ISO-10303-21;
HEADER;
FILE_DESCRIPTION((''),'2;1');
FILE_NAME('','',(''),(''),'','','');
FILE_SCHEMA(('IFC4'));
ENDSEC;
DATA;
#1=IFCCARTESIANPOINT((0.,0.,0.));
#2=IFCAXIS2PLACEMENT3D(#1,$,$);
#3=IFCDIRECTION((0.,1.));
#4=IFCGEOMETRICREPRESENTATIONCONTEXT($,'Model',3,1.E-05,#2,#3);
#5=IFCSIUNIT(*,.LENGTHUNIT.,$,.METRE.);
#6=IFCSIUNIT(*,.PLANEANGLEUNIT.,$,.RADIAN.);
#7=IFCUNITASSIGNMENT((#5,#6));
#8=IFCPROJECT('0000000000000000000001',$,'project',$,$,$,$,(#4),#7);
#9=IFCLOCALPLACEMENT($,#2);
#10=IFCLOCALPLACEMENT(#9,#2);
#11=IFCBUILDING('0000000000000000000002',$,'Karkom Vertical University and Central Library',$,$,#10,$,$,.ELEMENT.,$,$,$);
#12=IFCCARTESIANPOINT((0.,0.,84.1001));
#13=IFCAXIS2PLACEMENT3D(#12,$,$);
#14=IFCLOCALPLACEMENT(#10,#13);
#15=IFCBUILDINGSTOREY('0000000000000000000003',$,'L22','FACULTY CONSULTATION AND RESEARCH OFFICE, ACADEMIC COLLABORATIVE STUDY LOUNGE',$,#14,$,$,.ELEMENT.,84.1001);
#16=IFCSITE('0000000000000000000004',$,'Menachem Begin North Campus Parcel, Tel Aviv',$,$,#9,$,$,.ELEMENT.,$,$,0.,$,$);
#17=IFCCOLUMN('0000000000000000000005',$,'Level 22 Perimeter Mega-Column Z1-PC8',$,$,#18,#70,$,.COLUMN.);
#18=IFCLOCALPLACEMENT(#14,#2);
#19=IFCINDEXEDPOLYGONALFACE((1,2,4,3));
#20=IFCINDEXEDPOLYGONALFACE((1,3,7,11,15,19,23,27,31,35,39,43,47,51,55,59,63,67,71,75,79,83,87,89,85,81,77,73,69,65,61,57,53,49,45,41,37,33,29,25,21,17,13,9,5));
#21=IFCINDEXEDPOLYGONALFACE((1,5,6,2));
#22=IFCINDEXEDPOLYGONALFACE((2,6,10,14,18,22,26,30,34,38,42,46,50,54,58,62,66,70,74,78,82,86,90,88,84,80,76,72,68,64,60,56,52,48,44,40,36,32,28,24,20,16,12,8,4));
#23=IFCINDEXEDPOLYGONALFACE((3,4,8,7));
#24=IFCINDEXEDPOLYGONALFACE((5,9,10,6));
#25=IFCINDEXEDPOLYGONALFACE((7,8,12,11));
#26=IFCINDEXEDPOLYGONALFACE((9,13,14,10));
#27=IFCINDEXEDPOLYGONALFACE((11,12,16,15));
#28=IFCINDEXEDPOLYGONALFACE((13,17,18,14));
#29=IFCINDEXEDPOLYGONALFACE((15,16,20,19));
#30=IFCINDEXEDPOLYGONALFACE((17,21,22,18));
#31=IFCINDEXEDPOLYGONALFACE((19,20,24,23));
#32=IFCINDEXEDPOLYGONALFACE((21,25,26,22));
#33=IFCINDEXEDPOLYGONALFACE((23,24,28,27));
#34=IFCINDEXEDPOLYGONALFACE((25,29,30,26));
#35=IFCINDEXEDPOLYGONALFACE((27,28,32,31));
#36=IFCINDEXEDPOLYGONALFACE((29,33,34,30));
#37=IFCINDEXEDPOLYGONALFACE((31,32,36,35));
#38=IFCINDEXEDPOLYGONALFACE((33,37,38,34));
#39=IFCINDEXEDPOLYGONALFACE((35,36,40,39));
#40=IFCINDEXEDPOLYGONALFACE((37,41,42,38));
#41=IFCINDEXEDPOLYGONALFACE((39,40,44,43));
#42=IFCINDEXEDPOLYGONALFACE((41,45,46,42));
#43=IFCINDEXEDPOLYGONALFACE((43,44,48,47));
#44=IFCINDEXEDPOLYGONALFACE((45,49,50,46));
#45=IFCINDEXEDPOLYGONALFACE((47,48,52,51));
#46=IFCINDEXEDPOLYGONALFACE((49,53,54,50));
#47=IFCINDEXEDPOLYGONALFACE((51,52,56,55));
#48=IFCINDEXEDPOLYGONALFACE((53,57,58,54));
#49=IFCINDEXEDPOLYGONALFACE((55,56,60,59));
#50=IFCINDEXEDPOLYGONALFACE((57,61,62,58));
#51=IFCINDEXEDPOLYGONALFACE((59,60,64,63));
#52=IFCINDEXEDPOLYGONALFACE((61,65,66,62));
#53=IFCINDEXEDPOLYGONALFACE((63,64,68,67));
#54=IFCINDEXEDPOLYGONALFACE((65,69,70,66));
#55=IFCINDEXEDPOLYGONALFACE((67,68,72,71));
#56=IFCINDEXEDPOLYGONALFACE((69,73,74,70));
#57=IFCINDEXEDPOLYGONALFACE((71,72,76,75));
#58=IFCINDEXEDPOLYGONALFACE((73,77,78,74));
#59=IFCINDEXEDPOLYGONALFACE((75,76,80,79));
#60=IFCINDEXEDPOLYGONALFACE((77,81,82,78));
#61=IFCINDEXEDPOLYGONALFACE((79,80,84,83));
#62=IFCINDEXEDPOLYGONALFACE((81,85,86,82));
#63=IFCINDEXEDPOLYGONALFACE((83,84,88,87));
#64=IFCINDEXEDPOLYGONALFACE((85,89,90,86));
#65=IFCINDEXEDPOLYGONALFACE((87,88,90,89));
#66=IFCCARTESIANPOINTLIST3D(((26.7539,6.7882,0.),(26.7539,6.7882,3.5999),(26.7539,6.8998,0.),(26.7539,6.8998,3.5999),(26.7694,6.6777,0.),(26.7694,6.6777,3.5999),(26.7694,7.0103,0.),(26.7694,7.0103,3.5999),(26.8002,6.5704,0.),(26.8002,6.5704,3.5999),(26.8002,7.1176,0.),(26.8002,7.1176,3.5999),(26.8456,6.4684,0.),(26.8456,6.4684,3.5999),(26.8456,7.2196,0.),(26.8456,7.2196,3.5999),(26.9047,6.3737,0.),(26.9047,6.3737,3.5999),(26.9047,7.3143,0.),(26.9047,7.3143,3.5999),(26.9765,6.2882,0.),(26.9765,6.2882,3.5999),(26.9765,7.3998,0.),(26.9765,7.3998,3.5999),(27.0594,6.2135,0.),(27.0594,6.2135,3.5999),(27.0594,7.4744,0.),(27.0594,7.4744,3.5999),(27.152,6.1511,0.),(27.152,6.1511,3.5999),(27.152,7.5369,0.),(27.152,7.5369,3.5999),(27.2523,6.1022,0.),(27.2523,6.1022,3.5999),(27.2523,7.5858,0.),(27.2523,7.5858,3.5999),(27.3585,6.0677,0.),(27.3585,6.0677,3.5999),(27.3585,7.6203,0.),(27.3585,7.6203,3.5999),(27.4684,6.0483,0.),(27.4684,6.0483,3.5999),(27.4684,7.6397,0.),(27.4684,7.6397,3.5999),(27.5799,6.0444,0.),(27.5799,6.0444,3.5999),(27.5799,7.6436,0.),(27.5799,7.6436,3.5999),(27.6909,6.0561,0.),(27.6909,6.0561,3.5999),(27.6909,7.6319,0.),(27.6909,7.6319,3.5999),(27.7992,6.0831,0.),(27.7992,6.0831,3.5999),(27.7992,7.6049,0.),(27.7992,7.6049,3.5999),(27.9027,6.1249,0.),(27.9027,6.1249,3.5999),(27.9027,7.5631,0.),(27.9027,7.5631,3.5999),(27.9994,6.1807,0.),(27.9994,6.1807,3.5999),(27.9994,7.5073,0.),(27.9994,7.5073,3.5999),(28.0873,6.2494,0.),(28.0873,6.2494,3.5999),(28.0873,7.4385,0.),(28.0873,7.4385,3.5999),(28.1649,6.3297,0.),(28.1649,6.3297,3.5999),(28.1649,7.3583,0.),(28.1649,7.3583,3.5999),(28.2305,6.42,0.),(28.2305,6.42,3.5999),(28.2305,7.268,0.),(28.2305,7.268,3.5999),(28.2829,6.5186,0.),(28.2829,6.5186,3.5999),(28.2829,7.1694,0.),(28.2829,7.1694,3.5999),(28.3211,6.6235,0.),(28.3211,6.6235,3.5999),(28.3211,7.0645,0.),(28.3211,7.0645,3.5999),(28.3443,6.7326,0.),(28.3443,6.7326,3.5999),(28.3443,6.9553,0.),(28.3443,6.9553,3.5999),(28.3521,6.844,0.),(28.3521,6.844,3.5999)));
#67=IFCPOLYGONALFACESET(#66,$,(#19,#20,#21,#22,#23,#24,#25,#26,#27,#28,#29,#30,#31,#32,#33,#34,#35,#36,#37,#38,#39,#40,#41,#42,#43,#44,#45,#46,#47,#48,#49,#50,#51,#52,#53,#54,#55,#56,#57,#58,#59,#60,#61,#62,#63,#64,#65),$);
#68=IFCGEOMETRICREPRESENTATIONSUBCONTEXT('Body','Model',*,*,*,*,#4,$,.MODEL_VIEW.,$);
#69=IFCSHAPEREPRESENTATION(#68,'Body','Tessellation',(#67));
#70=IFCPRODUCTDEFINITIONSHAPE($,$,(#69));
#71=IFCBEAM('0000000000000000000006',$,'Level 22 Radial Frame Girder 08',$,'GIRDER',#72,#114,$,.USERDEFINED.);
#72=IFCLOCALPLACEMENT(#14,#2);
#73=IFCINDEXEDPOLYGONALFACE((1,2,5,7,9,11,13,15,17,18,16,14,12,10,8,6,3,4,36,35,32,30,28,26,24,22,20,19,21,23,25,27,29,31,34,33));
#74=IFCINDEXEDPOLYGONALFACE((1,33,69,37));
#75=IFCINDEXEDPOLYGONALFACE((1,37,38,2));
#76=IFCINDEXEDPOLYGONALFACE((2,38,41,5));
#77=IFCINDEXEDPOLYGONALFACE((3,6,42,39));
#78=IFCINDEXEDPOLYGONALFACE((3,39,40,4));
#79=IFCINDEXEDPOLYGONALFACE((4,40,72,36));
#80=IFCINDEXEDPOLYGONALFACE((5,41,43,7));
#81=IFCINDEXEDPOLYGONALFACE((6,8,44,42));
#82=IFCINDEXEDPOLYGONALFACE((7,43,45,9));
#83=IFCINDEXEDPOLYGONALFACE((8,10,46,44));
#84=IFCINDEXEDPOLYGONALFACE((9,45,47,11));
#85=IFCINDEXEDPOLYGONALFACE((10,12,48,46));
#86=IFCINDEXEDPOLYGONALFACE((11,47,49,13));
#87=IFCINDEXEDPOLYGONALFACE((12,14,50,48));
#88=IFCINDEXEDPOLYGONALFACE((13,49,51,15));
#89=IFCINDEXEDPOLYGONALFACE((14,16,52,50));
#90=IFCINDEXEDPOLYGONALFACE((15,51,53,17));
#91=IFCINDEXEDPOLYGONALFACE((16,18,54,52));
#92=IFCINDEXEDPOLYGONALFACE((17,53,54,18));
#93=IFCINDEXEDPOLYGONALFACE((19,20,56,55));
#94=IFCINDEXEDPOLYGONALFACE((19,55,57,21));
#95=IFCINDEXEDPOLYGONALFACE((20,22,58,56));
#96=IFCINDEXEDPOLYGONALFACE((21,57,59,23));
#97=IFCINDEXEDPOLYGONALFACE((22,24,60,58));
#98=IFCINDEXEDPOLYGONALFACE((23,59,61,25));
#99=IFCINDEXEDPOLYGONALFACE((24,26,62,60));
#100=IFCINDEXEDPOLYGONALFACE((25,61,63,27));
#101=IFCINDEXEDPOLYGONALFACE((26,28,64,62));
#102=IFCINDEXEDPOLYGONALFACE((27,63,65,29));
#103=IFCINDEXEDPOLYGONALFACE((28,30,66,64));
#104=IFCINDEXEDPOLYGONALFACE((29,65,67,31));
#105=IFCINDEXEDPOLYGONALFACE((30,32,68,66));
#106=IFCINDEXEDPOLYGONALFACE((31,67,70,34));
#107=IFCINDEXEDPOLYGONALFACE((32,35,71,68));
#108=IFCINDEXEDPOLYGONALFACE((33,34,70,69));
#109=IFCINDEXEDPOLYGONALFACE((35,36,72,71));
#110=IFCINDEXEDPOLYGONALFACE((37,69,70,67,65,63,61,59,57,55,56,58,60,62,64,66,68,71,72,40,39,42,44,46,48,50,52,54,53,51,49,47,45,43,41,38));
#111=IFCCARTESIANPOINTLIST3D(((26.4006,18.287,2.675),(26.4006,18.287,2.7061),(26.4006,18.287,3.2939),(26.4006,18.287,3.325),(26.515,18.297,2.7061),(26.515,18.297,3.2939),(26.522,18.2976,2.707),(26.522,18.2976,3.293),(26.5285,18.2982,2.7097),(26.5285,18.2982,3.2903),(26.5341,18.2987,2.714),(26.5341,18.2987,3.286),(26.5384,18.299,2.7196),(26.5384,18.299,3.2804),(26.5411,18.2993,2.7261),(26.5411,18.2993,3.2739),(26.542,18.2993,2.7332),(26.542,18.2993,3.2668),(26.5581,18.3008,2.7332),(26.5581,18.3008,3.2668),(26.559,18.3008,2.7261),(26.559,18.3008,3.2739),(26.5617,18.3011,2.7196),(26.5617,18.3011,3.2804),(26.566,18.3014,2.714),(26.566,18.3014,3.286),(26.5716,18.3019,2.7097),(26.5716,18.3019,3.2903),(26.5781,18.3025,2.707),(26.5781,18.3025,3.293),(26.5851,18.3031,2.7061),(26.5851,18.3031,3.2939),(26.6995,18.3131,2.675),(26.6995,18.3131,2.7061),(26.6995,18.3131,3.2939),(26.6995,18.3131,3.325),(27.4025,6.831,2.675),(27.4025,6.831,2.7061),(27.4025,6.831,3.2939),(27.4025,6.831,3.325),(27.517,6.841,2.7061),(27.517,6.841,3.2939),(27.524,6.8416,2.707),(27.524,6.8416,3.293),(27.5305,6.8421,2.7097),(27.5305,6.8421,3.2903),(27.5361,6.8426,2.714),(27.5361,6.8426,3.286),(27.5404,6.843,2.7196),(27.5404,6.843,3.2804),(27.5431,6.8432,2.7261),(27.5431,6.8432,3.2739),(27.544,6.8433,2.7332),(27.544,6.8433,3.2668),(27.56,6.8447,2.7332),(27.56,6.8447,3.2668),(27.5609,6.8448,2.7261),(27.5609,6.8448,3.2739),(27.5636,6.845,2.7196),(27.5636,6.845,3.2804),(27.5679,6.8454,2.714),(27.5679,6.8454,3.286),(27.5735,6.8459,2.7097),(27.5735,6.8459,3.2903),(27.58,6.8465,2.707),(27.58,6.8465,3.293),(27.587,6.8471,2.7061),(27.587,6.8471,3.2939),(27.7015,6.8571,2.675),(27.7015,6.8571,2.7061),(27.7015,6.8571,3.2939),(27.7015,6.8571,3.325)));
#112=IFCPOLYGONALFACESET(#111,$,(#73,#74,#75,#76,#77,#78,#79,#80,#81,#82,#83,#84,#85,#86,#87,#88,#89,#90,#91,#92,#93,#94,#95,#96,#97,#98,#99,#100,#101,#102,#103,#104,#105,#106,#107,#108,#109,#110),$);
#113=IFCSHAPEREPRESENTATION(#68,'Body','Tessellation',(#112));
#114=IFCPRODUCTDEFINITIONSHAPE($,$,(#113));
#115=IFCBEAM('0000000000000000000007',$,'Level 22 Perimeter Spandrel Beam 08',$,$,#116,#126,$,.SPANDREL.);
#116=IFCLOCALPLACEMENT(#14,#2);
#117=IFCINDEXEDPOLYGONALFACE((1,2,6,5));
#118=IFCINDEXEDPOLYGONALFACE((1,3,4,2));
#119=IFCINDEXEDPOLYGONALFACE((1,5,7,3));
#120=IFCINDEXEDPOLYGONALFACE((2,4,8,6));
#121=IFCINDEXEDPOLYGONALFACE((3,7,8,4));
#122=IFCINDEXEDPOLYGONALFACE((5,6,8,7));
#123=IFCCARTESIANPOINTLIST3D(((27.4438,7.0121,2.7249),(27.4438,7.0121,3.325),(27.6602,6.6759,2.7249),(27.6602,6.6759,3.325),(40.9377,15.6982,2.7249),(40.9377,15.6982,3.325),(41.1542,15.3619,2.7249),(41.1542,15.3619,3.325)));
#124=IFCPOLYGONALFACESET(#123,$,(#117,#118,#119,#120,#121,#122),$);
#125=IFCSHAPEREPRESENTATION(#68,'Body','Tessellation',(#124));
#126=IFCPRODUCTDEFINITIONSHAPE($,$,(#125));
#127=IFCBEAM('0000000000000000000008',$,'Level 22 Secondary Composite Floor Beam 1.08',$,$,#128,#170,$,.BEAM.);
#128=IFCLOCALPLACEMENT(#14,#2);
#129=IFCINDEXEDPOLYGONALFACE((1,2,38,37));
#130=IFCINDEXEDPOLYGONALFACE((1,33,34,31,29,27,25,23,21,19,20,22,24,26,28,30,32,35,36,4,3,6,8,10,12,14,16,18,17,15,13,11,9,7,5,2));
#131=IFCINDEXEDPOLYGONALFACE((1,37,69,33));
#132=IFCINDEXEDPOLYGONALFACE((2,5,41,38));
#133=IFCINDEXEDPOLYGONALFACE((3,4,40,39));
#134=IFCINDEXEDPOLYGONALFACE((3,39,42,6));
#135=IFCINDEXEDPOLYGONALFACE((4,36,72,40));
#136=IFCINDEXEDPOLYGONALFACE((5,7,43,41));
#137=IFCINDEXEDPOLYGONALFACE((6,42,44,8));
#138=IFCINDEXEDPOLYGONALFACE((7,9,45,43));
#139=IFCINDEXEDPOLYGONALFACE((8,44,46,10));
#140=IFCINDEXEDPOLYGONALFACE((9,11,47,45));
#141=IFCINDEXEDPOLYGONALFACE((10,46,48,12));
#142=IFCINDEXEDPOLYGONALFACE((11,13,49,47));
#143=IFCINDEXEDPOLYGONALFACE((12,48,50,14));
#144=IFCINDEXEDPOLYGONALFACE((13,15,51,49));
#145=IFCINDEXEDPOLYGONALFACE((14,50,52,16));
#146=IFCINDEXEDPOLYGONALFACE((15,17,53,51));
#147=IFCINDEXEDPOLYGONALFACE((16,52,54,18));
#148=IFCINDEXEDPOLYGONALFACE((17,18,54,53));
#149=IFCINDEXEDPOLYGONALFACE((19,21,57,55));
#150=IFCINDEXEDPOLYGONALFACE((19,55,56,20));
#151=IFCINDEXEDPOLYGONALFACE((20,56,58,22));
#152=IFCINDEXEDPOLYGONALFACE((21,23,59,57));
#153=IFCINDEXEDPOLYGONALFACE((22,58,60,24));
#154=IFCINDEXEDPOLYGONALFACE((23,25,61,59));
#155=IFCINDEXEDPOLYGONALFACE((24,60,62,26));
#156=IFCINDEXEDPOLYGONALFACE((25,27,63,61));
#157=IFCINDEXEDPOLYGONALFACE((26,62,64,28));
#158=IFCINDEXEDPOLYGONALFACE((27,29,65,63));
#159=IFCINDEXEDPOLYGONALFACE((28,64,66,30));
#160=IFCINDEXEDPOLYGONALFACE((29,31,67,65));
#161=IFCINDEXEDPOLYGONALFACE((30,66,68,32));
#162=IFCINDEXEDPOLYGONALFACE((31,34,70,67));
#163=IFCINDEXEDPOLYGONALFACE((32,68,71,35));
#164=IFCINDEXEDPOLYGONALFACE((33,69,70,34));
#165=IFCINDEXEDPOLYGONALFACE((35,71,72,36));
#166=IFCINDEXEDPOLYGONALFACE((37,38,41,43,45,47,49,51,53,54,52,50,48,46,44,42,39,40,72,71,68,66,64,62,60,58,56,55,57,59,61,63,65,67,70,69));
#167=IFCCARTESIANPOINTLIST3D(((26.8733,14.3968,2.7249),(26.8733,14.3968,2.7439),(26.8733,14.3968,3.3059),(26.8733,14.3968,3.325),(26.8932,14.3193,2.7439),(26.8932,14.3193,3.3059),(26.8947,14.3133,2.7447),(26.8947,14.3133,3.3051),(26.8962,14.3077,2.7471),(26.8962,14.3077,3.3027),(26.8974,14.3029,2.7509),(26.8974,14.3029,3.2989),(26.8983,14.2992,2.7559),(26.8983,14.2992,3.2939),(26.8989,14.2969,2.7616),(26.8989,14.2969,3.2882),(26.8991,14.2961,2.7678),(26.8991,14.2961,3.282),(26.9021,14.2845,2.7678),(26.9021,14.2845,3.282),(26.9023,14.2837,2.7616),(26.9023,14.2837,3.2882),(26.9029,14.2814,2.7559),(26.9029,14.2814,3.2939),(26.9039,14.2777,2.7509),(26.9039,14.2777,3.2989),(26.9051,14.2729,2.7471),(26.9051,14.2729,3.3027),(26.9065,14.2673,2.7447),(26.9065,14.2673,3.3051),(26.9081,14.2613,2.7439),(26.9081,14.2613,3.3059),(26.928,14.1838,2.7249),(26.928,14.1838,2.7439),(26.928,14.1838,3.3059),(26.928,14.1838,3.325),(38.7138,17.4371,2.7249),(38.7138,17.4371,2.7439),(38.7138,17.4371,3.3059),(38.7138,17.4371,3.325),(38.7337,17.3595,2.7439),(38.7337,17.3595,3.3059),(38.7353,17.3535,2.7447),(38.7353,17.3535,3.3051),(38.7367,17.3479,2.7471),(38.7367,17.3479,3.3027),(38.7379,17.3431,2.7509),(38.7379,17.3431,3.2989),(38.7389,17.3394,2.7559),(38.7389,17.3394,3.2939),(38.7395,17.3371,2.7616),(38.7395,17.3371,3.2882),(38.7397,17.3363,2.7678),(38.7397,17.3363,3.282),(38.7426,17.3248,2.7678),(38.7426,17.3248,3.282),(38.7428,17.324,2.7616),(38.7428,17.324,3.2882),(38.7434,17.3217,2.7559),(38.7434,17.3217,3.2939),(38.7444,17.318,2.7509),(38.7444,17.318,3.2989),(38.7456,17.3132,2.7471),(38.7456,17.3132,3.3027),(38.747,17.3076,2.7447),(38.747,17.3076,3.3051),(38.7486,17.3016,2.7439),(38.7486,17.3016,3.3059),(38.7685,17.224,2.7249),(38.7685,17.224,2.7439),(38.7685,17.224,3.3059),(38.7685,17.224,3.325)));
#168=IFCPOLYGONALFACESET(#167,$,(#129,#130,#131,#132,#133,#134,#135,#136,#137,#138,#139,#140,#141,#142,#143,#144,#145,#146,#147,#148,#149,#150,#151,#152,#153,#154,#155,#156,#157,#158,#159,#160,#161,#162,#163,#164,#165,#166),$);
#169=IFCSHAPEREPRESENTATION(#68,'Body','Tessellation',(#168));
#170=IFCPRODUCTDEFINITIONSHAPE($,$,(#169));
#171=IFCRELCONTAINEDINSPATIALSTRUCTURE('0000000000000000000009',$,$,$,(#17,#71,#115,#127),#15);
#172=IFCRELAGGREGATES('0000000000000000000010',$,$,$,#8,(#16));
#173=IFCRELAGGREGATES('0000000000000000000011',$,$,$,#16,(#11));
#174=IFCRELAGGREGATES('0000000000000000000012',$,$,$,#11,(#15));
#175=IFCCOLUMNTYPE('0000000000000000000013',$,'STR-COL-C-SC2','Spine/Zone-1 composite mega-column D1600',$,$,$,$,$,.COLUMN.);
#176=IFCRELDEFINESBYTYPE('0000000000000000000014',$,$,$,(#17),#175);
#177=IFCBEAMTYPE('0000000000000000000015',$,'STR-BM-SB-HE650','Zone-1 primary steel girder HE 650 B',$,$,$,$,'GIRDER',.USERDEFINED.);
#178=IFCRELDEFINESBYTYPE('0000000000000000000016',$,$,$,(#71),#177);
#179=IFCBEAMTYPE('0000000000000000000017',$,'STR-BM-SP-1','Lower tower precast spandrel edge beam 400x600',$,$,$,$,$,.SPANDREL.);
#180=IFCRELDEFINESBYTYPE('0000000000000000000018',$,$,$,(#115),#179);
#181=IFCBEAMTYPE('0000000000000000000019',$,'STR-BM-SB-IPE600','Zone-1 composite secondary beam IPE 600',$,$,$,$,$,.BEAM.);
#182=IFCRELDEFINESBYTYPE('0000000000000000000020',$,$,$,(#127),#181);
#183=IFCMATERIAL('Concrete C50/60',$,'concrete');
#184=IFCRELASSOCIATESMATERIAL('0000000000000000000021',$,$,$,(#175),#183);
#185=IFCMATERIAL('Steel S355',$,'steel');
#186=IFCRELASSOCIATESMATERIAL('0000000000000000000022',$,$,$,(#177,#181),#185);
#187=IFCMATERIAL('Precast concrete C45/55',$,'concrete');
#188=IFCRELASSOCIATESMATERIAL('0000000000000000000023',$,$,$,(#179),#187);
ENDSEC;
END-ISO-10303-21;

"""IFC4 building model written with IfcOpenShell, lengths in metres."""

from ifc_helpers import new_model, si_unit, direction, frame, origin, origin_with_axes, origin_2d, place, context, subcontext, project, spatial, rectangle, circle, i_section, extrude, source, transform, mapped, material, material_profile, profile_set, type_object, element, save


model = new_model("IFC4")

# Units and contexts
model_context = context("Model", 3, precision=1e-05, world=origin(), true_north=direction((0.0, 1.0)))
body_context = subcontext(model_context, "Body", "Model", "MODEL_VIEW")
ifc_project = project(units=[si_unit("LENGTHUNIT", "METRE"), si_unit("PLANEANGLEUNIT", "RADIAN")], contexts=[model_context])

# Site, building, storey
site_placement = place(None, origin())
site = spatial("IfcSite", under=ifc_project, at=site_placement, Name="Menachem Begin North Campus Parcel, Tel Aviv", CompositionType="ELEMENT", RefElevation=0.0)
building_placement = place(site_placement, origin())
building = spatial("IfcBuilding", under=site, at=building_placement, Name="Karkom Vertical University and Central Library", CompositionType="ELEMENT")
storey_placement = place(building_placement, frame((0.0, 0.0, 84.1001)))
storey = spatial("IfcBuildingStorey", under=building, at=storey_placement, Name="L22", Description="FACULTY CONSULTATION AND RESEARCH OFFICE, ACADEMIC COLLABORATIVE STUDY LOUNGE", CompositionType="ELEMENT", Elevation=84.1001)

# Column
ifc_material_1 = material(Name="Concrete C50/60", Category="concrete")
ifc_material_profile_1 = material_profile(ifc_material_1, circle(Radius=0.8, at=origin_2d()), Name="CFT-D1600")
ifc_profile_set_1 = profile_set([ifc_material_profile_1], Name="Concrete C50/60")
column_type = type_object("IfcColumnType", Name="STR-COL-C-SC2", Description="Spine/Zone-1 composite mega-column D1600", PredefinedType="COLUMN", material=ifc_profile_set_1)
shared_shape_1 = source(origin_with_axes(), body_context, "Body", "SweptSolid", [
    extrude(circle(Radius=0.8, at=origin_2d()), origin(), (0.0, 0.0, 1.0), 3.5999),
])
column_placement = place(storey_placement, frame((27.552, 6.844, 0.0), z_axis=(0.0, 0.0, 1.0), x_axis=(1.0, 0.0, 0.0)))
element("IfcColumn", 1, at=column_placement, inside=storey, type_object=column_type, Name="Level 22 Perimeter Mega-Column Z1-PC8", PredefinedType="COLUMN", context=body_context, shape_type="MappedRepresentation", body=[
    mapped(shared_shape_1, transform((0.0, 0.0, 0.0), scale=1.0)),
])

# Beams
ifc_material_2 = material(Name="Steel S355", Category="steel")
ifc_material_profile_2 = material_profile(ifc_material_2, i_section(OverallWidth=0.3, OverallDepth=0.6499, WebThickness=0.0161, FlangeThickness=0.031, FilletRadius=0.0271, at=origin_2d()), Name="HE 650 B")
ifc_profile_set_2 = profile_set([ifc_material_profile_2], Name="Steel S355")
beam_type_1 = type_object("IfcBeamType", Name="STR-BM-SB-HE650", Description="Zone-1 primary steel girder HE 650 B", ElementType="GIRDER", PredefinedType="USERDEFINED", material=ifc_profile_set_2)
shared_shape_2 = source(origin_with_axes(), body_context, "Body", "SweptSolid", [
    extrude(i_section(OverallWidth=0.3, OverallDepth=0.6499, WebThickness=0.0161, FlangeThickness=0.031, FilletRadius=0.0271, at=origin_2d()), origin(), (0.0, 0.0, 1.0), 11.4998),
])
beam_1_placement = place(storey_placement, frame((26.55, 18.3, 3.0), z_axis=(0.087128, -0.996197, 0.0), x_axis=(0.996197, 0.087128, 0.0)))
element("IfcBeam", 2, at=beam_1_placement, inside=storey, type_object=beam_type_1, Name="Level 22 Radial Frame Girder 08", ObjectType="GIRDER", PredefinedType="USERDEFINED", context=body_context, shape_type="MappedRepresentation", body=[
    mapped(shared_shape_2, transform((0.0, 0.0, 0.0), scale=1.0)),
])
ifc_material_3 = material(Name="Precast concrete C45/55", Category="concrete")
ifc_material_profile_3 = material_profile(ifc_material_3, rectangle(XDim=0.3999, YDim=0.6001, at=origin_2d()), Name="SPB-400x600")
ifc_profile_set_3 = profile_set([ifc_material_profile_3], Name="Precast concrete C45/55")
beam_type_2 = type_object("IfcBeamType", Name="STR-BM-SP-1", Description="Lower tower precast spandrel edge beam 400x600", PredefinedType="SPANDREL", material=ifc_profile_set_3)
shared_shape_3 = source(origin_with_axes(), body_context, "Body", "SweptSolid", [
    extrude(rectangle(XDim=0.3999, YDim=0.6001, at=origin_2d()), origin(), (0.0, 0.0, 1.0), 16.0479),
])
beam_2_placement = place(storey_placement, frame((27.552, 6.844, 3.0249), z_axis=(0.840856, 0.54126, 0.0), x_axis=(-0.54126, 0.840856, 0.0)))
element("IfcBeam", 3, at=beam_2_placement, inside=storey, type_object=beam_type_2, Name="Level 22 Perimeter Spandrel Beam 08", PredefinedType="SPANDREL", context=body_context, shape_type="MappedRepresentation", body=[
    mapped(shared_shape_3, transform((0.0, 0.0, 0.0), scale=1.0)),
])
ifc_material_profile_4 = material_profile(ifc_material_2, i_section(OverallWidth=0.22, OverallDepth=0.6001, WebThickness=0.012, FlangeThickness=0.019, FilletRadius=0.0239, at=origin_2d()), Name="IPE 600")
ifc_profile_set_4 = profile_set([ifc_material_profile_4], Name="Steel S355")
beam_type_3 = type_object("IfcBeamType", Name="STR-BM-SB-IPE600", Description="Zone-1 composite secondary beam IPE 600", PredefinedType="BEAM", material=ifc_profile_set_4)
shared_shape_4 = source(origin_with_axes(), body_context, "Body", "SweptSolid", [
    extrude(i_section(OverallWidth=0.22, OverallDepth=0.6001, WebThickness=0.012, FlangeThickness=0.019, FilletRadius=0.0239, at=origin_2d()), origin(), (0.0, 0.0, 1.0), 12.2246),
])
beam_3_placement = place(storey_placement, frame((26.9006, 14.2903, 3.0249), z_axis=(0.96858, 0.248701, 0.0), x_axis=(-0.248701, 0.96858, 0.0)))
element("IfcBeam", 4, at=beam_3_placement, inside=storey, type_object=beam_type_3, Name="Level 22 Secondary Composite Floor Beam 1.08", PredefinedType="BEAM", context=body_context, shape_type="MappedRepresentation", body=[
    mapped(shared_shape_4, transform((0.0, 0.0, 0.0), scale=1.0)),
])

save(model, "model.ifc")
